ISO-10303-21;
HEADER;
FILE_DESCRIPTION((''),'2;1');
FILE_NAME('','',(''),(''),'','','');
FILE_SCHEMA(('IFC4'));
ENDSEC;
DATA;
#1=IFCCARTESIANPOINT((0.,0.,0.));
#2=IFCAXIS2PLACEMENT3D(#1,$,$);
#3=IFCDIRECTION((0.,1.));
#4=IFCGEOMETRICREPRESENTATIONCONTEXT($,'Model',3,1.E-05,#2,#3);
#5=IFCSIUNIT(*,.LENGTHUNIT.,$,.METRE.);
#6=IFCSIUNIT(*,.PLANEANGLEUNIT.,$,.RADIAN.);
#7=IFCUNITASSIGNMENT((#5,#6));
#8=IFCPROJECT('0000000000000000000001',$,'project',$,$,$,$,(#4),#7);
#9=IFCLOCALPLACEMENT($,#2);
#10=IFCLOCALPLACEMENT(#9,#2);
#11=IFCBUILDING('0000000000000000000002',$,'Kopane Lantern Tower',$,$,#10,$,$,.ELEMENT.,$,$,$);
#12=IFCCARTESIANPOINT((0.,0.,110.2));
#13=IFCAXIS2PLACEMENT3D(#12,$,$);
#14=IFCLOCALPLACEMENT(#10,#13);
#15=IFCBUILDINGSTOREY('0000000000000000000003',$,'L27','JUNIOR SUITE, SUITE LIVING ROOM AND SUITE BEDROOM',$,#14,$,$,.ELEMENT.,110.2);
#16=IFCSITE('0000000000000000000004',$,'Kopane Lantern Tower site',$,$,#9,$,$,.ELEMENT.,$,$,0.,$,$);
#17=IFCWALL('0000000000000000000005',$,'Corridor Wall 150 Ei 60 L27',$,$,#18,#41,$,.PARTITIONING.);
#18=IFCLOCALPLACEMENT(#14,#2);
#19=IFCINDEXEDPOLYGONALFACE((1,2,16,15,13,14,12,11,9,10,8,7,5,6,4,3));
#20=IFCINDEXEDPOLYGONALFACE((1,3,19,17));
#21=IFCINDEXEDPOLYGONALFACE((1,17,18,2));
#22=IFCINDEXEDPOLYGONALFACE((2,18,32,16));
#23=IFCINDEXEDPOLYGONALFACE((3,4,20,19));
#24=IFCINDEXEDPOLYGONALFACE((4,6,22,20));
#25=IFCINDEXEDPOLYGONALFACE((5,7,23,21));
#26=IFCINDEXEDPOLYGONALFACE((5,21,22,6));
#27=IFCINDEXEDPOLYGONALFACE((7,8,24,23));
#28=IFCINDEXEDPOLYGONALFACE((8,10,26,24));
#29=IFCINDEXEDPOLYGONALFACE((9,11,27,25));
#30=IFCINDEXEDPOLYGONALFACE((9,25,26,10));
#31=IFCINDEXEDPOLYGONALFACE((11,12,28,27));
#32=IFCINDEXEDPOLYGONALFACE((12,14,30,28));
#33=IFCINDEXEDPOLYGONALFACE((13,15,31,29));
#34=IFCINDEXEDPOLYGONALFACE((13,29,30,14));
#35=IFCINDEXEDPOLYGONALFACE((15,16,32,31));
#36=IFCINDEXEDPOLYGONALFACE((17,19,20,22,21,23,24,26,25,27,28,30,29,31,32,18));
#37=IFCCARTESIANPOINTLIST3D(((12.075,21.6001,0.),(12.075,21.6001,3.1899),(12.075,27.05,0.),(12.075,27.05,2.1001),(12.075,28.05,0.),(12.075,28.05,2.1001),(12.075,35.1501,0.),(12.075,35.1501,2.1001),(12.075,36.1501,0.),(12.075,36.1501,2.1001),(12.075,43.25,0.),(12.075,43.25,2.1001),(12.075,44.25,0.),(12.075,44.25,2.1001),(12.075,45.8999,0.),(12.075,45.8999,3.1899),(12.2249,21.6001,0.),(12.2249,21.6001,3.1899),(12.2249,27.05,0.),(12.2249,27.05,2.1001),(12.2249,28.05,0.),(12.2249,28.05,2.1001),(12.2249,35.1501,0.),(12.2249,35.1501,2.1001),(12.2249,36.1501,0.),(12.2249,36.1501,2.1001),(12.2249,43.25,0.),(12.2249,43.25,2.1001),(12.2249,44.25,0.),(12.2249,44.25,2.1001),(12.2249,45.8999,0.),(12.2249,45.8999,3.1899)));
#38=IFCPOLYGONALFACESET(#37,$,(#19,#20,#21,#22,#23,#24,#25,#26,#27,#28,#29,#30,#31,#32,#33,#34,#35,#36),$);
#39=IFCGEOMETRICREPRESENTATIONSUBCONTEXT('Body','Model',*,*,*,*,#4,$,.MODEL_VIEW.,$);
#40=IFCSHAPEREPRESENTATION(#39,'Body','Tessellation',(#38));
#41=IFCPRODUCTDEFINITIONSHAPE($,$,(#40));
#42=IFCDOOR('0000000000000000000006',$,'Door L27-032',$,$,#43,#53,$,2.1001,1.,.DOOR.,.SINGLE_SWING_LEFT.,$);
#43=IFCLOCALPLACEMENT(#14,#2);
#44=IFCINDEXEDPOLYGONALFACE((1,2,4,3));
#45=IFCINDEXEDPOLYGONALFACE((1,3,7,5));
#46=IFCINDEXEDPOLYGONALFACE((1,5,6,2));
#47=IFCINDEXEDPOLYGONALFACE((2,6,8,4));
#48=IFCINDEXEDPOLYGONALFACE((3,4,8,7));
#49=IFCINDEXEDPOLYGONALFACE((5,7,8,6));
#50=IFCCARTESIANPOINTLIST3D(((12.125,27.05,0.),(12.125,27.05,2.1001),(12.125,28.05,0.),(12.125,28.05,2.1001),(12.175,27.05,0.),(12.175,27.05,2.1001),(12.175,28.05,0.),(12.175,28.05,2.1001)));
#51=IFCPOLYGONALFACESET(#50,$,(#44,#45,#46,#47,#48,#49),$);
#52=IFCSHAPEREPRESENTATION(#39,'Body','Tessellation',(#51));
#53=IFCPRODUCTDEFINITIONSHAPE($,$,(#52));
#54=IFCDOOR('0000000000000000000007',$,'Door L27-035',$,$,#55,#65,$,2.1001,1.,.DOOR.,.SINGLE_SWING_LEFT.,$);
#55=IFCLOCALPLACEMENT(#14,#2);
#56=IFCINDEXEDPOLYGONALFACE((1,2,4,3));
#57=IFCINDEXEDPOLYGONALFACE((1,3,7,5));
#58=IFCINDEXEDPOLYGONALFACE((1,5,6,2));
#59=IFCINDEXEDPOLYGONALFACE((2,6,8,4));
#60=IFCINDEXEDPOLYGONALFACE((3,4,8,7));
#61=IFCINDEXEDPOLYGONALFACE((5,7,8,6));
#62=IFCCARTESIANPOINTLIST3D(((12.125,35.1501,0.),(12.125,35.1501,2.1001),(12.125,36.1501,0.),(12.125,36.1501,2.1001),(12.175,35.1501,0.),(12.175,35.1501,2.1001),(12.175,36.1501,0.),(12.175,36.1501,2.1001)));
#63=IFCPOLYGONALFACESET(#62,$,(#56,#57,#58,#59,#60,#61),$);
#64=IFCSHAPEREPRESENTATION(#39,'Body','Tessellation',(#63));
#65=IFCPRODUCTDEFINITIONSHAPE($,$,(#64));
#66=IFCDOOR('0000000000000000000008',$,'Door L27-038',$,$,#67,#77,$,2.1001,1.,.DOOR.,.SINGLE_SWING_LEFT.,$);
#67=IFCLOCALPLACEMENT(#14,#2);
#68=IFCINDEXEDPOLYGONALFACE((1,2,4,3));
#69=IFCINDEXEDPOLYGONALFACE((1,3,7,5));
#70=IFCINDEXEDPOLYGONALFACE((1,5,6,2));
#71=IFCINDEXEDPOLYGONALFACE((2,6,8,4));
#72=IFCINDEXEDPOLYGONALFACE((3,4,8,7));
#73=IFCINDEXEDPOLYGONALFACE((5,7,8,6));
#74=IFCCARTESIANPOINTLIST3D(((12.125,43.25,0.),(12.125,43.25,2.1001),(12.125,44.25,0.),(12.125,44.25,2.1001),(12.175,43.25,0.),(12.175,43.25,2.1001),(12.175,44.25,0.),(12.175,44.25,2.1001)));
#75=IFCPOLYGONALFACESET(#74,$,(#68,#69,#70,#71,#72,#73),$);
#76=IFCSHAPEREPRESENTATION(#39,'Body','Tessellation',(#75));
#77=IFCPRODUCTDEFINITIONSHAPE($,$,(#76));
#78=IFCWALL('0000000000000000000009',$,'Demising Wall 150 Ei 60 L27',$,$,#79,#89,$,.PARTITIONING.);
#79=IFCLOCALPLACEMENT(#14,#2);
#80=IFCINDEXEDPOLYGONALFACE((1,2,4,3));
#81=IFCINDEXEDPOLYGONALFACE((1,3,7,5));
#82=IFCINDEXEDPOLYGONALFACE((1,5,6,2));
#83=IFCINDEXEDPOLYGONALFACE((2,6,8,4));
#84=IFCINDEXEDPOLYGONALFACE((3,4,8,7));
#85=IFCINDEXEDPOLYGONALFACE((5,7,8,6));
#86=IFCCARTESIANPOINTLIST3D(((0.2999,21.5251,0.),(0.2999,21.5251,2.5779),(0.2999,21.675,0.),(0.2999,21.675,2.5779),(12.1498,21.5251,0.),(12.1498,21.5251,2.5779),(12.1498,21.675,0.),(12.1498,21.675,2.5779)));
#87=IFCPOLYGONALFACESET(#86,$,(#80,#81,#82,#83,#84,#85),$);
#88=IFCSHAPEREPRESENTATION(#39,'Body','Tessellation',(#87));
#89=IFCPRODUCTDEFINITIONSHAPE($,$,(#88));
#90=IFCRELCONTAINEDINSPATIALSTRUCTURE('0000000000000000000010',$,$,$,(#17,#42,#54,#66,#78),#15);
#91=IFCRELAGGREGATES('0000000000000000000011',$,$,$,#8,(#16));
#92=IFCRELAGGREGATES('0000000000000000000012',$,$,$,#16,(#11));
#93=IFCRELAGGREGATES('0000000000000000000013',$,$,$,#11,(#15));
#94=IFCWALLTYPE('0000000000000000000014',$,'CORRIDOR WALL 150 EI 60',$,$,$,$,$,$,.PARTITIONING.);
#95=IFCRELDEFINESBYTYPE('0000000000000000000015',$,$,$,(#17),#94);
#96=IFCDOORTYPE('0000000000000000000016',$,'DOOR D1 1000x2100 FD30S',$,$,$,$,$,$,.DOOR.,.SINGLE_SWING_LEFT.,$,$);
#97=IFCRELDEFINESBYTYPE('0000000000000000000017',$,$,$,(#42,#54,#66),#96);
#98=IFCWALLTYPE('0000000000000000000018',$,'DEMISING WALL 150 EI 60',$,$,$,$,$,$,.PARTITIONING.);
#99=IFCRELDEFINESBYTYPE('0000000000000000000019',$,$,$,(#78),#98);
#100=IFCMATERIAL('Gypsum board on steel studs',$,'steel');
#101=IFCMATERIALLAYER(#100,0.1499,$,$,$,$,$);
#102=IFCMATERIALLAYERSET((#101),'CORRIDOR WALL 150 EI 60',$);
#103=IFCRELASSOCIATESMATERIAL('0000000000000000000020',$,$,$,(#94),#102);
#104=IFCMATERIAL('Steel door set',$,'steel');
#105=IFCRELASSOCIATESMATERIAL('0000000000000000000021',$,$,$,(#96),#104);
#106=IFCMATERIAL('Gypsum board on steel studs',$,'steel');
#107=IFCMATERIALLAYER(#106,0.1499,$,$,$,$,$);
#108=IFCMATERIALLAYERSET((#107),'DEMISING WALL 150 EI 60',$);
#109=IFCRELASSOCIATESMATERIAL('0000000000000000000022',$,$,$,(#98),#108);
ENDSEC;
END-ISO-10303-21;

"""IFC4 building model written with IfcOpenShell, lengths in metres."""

from ifc_helpers import new_model, si_unit, direction, frame, frame_2d, origin, place, context, subcontext, project, spatial, rectangle, extrude, material, layer, layer_set, type_object, element, fill, save


model = new_model("IFC4")

# Units and contexts
model_context = context("Model", 3, precision=1e-05, world=origin(), true_north=direction((0.0, 1.0)))
body_context = subcontext(model_context, "Body", "Model", "MODEL_VIEW")
ifc_project = project(units=[si_unit("LENGTHUNIT", "METRE"), si_unit("PLANEANGLEUNIT", "RADIAN")], contexts=[model_context])

# Site, building, storey
site_placement = place(None, origin())
site = spatial("IfcSite", under=ifc_project, at=site_placement, Name="Kopane Lantern Tower site", CompositionType="ELEMENT", RefElevation=0.0)
building_placement = place(site_placement, origin())
building = spatial("IfcBuilding", under=site, at=building_placement, Name="Kopane Lantern Tower", CompositionType="ELEMENT")
storey_placement = place(building_placement, frame((0.0, 0.0, 110.2)))
storey = spatial("IfcBuildingStorey", under=building, at=storey_placement, Name="L27", Description="JUNIOR SUITE, SUITE LIVING ROOM AND SUITE BEDROOM", CompositionType="ELEMENT", Elevation=110.2)

# Wall, openings, doors
ifc_material_1 = material(Name="Gypsum board on steel studs", Category="steel")
ifc_layer_1 = layer(ifc_material_1, 0.1499)
ifc_layer_set_1 = layer_set([ifc_layer_1], Name="CORRIDOR WALL 150 EI 60")
wall_type_1 = type_object("IfcWallType", Name="CORRIDOR WALL 150 EI 60", PredefinedType="PARTITIONING", material=ifc_layer_set_1)
ifc_material_2 = material(Name="Steel door set", Category="steel")
door_type_1 = type_object("IfcDoorType", Name="DOOR D1 1000x2100 FD30S", OperationType="SINGLE_SWING_LEFT", PredefinedType="DOOR", material=ifc_material_2)
wall_1_placement = place(storey_placement, frame((12.1499, 21.6001, 0.0), z_axis=(0.0, 0.0, 1.0), x_axis=(0.0, 1.0, 0.0)))
wall_1 = element("IfcWall", 1, at=wall_1_placement, inside=storey, type_object=wall_type_1, Name="Corridor Wall 150 Ei 60 L27", PredefinedType="PARTITIONING", context=body_context, shape_type="SweptSolid", body=[
    extrude(rectangle(XDim=24.2998, YDim=0.1499, at=frame_2d((12.1499, 0.0))), origin(), (0.0, 0.0, 1.0), 3.1899),
])
opening_1_placement = place(wall_1_placement, frame((5.45, 0.0, 0.0)))
opening_1 = element("IfcOpeningElement", 2, at=opening_1_placement, cuts=wall_1, PredefinedType="OPENING", context=body_context, shape_type="SweptSolid", body=[
    extrude(rectangle(XDim=1.0, YDim=2.1001, at=frame_2d((0.5, 1.05))), frame((0.0, 0.085, 0.0), z_axis=(0.0, -1.0, 0.0), x_axis=(1.0, 0.0, 0.0)), (0.0, 0.0, 1.0), 0.1699),
])
opening_2_placement = place(wall_1_placement, frame((13.55, 0.0, 0.0)))
opening_2 = element("IfcOpeningElement", 3, at=opening_2_placement, cuts=wall_1, PredefinedType="OPENING", context=body_context, shape_type="SweptSolid", body=[
    extrude(rectangle(XDim=1.0, YDim=2.1001, at=frame_2d((0.5, 1.05))), frame((0.0, 0.085, 0.0), z_axis=(0.0, -1.0, 0.0), x_axis=(1.0, 0.0, 0.0)), (0.0, 0.0, 1.0), 0.1699),
])
opening_3_placement = place(wall_1_placement, frame((21.6499, 0.0, 0.0)))
opening_3 = element("IfcOpeningElement", 4, at=opening_3_placement, cuts=wall_1, PredefinedType="OPENING", context=body_context, shape_type="SweptSolid", body=[
    extrude(rectangle(XDim=1.0, YDim=2.1001, at=frame_2d((0.5, 1.05))), frame((0.0, 0.085, 0.0), z_axis=(0.0, -1.0, 0.0), x_axis=(1.0, 0.0, 0.0)), (0.0, 0.0, 1.0), 0.1699),
])
door_1_placement = place(opening_1_placement, origin())
door_1 = element("IfcDoor", 5, at=door_1_placement, inside=storey, type_object=door_type_1, Name="Door L27-032", OperationType="SINGLE_SWING_LEFT", OverallHeight=2.1001, OverallWidth=1.0, PredefinedType="DOOR", context=body_context, shape_type="SweptSolid", body=[
    extrude(rectangle(XDim=1.0, YDim=2.1001, at=frame_2d((0.5, 1.05))), frame((0.0, 0.0249, 0.0), z_axis=(0.0, -1.0, 0.0), x_axis=(1.0, 0.0, 0.0)), (0.0, 0.0, 1.0), 0.05),
])
fill(opening_1, door_1)
door_2_placement = place(opening_2_placement, origin())
door_2 = element("IfcDoor", 6, at=door_2_placement, inside=storey, type_object=door_type_1, Name="Door L27-035", OperationType="SINGLE_SWING_LEFT", OverallHeight=2.1001, OverallWidth=1.0, PredefinedType="DOOR", context=body_context, shape_type="SweptSolid", body=[
    extrude(rectangle(XDim=1.0, YDim=2.1001, at=frame_2d((0.5, 1.05))), frame((0.0, 0.0249, 0.0), z_axis=(0.0, -1.0, 0.0), x_axis=(1.0, 0.0, 0.0)), (0.0, 0.0, 1.0), 0.05),
])
fill(opening_2, door_2)
door_3_placement = place(opening_3_placement, origin())
door_3 = element("IfcDoor", 7, at=door_3_placement, inside=storey, type_object=door_type_1, Name="Door L27-038", OperationType="SINGLE_SWING_LEFT", OverallHeight=2.1001, OverallWidth=1.0, PredefinedType="DOOR", context=body_context, shape_type="SweptSolid", body=[
    extrude(rectangle(XDim=1.0, YDim=2.1001, at=frame_2d((0.5, 1.05))), frame((0.0, 0.0249, 0.0), z_axis=(0.0, -1.0, 0.0), x_axis=(1.0, 0.0, 0.0)), (0.0, 0.0, 1.0), 0.05),
])
fill(opening_3, door_3)

# Wall
ifc_material_3 = material(Name="Gypsum board on steel studs", Category="steel")
ifc_layer_2 = layer(ifc_material_3, 0.1499)
ifc_layer_set_2 = layer_set([ifc_layer_2], Name="DEMISING WALL 150 EI 60")
wall_type_2 = type_object("IfcWallType", Name="DEMISING WALL 150 EI 60", PredefinedType="PARTITIONING", material=ifc_layer_set_2)
wall_2_placement = place(storey_placement, frame((0.3, 21.6001, 0.0), z_axis=(0.0, 0.0, 1.0), x_axis=(1.0, 0.0, 0.0)))
element("IfcWall", 8, at=wall_2_placement, inside=storey, type_object=wall_type_2, Name="Demising Wall 150 Ei 60 L27", PredefinedType="PARTITIONING", context=body_context, shape_type="SweptSolid", body=[
    extrude(rectangle(XDim=11.8499, YDim=0.1499, at=frame_2d((5.9248, 0.0))), origin(), (0.0, 0.0, 1.0), 2.5779),
])

save(model, "model.ifc")
